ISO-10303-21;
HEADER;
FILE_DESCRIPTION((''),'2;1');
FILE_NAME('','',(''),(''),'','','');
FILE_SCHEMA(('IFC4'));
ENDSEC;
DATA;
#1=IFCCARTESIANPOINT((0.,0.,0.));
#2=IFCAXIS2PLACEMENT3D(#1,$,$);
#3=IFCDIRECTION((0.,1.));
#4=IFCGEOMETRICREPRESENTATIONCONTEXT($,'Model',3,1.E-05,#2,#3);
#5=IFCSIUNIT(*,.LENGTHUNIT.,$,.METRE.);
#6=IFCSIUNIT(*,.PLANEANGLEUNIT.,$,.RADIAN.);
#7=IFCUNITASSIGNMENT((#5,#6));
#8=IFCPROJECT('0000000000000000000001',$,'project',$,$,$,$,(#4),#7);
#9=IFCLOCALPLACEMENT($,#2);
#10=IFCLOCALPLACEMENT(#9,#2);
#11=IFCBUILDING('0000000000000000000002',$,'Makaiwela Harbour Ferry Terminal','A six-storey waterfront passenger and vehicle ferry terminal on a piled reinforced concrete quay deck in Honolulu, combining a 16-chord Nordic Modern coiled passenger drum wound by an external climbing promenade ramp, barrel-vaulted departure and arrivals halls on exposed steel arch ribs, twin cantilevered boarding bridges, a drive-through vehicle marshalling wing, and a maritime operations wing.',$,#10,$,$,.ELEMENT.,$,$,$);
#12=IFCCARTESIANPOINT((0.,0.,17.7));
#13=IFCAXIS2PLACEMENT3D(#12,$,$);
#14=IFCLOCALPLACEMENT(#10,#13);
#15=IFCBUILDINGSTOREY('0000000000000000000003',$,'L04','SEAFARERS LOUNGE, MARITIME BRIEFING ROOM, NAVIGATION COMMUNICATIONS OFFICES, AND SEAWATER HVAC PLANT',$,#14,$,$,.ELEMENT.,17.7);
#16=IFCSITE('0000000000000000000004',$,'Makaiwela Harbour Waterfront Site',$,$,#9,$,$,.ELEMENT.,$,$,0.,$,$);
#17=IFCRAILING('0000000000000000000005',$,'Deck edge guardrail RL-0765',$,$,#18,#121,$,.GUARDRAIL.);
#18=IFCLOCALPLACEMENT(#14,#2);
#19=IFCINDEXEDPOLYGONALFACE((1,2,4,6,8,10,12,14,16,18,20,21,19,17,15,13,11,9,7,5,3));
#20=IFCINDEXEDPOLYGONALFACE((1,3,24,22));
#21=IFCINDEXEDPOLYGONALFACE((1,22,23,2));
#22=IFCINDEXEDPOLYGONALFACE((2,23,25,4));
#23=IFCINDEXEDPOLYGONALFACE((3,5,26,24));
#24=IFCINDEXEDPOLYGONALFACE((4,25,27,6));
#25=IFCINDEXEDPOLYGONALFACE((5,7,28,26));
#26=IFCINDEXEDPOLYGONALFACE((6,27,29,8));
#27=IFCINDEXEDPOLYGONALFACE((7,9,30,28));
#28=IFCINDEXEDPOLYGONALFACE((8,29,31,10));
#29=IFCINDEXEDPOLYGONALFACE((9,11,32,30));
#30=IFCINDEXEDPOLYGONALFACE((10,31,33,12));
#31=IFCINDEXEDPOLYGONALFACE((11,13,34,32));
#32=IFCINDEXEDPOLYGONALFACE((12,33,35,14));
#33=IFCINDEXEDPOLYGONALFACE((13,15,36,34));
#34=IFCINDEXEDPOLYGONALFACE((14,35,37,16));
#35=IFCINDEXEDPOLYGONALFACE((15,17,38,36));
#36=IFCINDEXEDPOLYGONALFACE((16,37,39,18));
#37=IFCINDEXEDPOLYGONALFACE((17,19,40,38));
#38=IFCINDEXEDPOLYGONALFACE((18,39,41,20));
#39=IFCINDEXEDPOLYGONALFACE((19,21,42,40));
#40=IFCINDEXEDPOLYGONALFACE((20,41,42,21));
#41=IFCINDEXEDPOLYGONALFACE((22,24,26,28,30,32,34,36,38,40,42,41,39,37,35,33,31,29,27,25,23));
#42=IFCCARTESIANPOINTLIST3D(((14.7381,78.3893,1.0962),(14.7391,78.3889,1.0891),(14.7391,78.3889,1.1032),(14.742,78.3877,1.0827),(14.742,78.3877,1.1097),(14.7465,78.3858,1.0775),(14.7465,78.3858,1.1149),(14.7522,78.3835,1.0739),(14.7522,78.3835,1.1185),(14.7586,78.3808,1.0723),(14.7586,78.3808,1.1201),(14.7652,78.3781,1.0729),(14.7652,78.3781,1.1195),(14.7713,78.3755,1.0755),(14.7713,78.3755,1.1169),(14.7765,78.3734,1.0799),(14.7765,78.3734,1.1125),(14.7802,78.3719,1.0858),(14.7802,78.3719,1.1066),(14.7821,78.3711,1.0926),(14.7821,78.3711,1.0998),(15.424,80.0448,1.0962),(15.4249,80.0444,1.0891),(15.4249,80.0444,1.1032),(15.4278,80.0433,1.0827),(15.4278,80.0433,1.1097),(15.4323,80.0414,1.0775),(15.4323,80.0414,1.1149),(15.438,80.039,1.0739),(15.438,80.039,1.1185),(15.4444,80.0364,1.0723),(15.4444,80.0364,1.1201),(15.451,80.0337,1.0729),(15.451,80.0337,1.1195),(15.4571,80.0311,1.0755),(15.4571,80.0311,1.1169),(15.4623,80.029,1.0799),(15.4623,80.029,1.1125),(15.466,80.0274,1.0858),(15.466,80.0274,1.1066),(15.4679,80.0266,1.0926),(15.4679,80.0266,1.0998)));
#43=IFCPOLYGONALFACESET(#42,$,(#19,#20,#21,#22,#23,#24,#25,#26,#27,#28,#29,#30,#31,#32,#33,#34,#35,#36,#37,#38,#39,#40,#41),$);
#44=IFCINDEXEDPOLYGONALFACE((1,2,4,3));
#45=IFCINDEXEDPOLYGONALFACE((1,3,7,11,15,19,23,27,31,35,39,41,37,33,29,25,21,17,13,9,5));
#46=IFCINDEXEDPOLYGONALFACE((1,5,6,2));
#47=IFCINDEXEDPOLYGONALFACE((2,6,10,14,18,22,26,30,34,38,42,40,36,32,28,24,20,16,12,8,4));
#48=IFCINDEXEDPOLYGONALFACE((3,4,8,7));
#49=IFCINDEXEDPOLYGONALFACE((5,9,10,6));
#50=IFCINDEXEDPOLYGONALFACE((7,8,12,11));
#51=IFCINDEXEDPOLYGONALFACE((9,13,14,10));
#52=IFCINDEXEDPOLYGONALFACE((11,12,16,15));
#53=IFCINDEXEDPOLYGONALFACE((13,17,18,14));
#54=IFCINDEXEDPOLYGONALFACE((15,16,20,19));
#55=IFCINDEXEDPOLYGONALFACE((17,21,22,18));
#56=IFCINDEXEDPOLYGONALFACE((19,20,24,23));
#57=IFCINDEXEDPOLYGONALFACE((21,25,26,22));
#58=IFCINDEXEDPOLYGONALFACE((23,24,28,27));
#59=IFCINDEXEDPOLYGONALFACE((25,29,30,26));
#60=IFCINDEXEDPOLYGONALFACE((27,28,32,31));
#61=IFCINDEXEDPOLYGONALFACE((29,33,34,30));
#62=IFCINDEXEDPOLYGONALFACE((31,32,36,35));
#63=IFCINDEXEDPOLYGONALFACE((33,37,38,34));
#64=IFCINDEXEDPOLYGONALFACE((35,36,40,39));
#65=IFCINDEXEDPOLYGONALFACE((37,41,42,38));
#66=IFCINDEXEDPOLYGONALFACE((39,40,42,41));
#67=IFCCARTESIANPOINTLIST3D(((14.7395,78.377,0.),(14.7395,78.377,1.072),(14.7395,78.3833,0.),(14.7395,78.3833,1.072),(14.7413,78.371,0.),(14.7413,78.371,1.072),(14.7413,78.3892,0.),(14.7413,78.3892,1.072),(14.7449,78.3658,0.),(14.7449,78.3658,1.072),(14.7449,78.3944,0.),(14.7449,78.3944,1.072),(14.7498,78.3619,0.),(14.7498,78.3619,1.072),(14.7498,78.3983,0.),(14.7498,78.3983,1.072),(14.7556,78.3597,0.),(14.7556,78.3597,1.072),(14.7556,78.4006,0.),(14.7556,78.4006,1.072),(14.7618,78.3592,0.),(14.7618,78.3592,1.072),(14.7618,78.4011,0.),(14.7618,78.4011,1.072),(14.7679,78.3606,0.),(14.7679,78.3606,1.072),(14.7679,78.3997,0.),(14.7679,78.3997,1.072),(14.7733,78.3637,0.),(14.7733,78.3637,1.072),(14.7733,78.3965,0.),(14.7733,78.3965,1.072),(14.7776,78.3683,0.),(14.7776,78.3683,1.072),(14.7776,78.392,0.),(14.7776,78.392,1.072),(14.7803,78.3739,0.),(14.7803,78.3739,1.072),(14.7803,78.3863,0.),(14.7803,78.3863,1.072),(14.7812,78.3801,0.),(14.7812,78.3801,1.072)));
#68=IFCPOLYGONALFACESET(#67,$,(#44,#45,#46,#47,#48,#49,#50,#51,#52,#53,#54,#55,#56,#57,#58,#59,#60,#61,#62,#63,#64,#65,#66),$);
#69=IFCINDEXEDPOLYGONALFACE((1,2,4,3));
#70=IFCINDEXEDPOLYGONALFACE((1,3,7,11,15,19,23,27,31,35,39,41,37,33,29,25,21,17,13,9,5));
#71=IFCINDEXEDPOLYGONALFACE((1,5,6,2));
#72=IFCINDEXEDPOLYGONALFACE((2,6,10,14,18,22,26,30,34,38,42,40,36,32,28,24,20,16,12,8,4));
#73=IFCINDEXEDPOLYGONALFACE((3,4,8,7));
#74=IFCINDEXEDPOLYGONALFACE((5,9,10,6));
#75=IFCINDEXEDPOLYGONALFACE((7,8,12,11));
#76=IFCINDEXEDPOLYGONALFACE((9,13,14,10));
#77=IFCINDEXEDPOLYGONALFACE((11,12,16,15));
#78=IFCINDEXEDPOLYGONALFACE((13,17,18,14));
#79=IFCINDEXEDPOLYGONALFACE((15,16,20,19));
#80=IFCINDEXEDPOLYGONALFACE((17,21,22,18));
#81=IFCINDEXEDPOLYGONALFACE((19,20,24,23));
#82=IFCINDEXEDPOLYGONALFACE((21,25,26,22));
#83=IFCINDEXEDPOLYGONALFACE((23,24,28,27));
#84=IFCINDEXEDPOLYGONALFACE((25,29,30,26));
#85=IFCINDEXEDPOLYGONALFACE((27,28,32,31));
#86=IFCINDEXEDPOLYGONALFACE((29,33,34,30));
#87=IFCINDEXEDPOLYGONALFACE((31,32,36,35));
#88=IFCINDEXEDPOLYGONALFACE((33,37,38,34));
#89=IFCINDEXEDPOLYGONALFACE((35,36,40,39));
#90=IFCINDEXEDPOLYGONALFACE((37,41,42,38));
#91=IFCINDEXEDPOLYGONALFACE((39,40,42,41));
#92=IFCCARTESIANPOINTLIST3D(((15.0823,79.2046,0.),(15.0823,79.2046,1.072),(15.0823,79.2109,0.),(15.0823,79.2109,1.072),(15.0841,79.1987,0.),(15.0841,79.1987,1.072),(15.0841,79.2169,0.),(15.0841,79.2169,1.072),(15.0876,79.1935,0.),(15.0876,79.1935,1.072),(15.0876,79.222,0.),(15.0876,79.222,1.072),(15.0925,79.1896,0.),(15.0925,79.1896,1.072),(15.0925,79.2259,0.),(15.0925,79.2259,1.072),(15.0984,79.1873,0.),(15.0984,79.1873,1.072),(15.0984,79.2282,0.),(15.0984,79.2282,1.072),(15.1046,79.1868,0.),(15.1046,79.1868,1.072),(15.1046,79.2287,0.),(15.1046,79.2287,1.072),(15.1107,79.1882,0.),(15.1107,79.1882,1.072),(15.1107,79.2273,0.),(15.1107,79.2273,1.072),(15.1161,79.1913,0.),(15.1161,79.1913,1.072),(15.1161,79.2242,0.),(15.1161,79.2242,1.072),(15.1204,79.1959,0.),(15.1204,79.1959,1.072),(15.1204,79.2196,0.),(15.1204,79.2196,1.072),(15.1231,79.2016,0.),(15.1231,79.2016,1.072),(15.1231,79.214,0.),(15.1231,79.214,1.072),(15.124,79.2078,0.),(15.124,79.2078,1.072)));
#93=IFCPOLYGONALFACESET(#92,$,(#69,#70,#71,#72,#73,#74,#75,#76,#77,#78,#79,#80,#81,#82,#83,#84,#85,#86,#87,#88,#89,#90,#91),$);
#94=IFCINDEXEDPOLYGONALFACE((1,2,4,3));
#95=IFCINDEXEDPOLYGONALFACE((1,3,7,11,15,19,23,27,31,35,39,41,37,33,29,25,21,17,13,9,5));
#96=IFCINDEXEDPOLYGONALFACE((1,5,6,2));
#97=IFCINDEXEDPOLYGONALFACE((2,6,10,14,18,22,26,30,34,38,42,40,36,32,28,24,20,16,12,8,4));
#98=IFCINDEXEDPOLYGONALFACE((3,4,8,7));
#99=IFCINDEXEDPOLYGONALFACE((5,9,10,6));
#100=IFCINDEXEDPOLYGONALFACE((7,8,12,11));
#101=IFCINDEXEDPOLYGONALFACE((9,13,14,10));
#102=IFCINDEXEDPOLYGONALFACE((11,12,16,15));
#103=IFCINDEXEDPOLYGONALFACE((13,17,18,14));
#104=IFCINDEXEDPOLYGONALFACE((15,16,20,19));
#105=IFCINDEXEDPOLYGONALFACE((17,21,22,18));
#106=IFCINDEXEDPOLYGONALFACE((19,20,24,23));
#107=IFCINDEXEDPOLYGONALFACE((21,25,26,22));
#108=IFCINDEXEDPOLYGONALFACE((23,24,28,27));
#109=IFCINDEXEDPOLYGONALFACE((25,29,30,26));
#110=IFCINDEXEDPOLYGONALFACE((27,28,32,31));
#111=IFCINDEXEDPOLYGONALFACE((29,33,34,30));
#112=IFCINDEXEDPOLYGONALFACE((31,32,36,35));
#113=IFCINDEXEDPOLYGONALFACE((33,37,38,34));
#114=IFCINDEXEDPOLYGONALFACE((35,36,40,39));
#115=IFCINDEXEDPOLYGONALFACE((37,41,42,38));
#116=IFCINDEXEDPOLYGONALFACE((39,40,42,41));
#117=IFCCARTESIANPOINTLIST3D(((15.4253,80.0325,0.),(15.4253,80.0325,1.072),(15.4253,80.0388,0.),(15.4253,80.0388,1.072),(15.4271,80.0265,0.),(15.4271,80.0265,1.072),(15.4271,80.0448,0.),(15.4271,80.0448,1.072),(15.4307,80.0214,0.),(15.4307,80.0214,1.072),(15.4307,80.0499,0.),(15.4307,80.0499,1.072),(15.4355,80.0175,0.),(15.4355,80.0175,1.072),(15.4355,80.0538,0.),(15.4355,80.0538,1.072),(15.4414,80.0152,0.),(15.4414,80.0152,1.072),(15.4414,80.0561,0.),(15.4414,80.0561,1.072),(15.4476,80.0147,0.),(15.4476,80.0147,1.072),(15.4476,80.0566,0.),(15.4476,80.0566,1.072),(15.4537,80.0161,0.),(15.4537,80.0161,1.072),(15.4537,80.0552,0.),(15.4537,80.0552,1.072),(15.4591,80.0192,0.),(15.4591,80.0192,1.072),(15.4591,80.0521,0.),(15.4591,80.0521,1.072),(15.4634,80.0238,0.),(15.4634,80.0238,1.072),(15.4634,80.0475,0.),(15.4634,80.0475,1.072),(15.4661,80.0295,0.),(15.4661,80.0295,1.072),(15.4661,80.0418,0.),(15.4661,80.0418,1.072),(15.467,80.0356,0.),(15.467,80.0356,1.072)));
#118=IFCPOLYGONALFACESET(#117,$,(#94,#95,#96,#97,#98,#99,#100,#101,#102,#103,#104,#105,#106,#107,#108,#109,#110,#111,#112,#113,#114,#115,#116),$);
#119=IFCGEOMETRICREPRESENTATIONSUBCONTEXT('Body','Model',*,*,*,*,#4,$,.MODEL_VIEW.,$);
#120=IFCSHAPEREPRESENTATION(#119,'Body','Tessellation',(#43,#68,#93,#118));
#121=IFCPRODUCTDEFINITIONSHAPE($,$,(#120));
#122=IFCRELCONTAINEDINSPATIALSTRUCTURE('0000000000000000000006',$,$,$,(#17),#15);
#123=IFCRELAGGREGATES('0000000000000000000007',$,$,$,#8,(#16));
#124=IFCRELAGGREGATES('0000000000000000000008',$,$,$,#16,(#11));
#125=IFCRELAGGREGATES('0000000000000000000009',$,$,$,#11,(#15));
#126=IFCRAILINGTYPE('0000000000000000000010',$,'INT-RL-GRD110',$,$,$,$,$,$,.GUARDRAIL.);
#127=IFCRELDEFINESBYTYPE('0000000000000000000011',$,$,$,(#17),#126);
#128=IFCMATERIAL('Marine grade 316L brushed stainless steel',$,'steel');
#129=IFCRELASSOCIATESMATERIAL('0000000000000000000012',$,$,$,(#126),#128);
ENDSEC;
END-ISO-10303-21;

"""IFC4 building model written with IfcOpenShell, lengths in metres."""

from ifc_helpers import new_model, si_unit, direction, frame, origin, origin_2d, place, context, subcontext, project, spatial, circle, extrude, material, type_object, element, save


model = new_model("IFC4")

# Units and contexts
model_context = context("Model", 3, precision=1e-05, world=origin(), true_north=direction((0.0, 1.0)))
body_context = subcontext(model_context, "Body", "Model", "MODEL_VIEW")
ifc_project = project(units=[si_unit("LENGTHUNIT", "METRE"), si_unit("PLANEANGLEUNIT", "RADIAN")], contexts=[model_context])

# Site, building, storey
site_placement = place(None, origin())
site = spatial("IfcSite", under=ifc_project, at=site_placement, Name="Makaiwela Harbour Waterfront Site", CompositionType="ELEMENT", RefElevation=0.0)
building_placement = place(site_placement, origin())
building = spatial("IfcBuilding", under=site, at=building_placement, Name="Makaiwela Harbour Ferry Terminal", Description="A six-storey waterfront passenger and vehicle ferry terminal on a piled reinforced concrete quay deck in Honolulu, combining a 16-chord Nordic Modern coiled passenger drum wound by an external climbing promenade ramp, barrel-vaulted departure and arrivals halls on exposed steel arch ribs, twin cantilevered boarding bridges, a drive-through vehicle marshalling wing, and a maritime operations wing.", CompositionType="ELEMENT")
storey_placement = place(building_placement, frame((0.0, 0.0, 17.7)))
storey = spatial("IfcBuildingStorey", under=building, at=storey_placement, Name="L04", Description="SEAFARERS LOUNGE, MARITIME BRIEFING ROOM, NAVIGATION COMMUNICATIONS OFFICES, AND SEAWATER HVAC PLANT", CompositionType="ELEMENT", Elevation=17.7)

# Railing
ifc_material_1 = material(Name="Marine grade 316L brushed stainless steel", Category="steel")
railing_type = type_object("IfcRailingType", Name="INT-RL-GRD110", PredefinedType="GUARDRAIL", material=ifc_material_1)
railing_1_placement = place(storey_placement, frame((14.7603, 78.3801, 0.0)))
element("IfcRailing", 1, at=railing_1_placement, inside=storey, type_object=railing_type, Name="Deck edge guardrail RL-0765", PredefinedType="GUARDRAIL", context=body_context, shape_type="SweptSolid", body=[
    extrude(circle(Radius=0.0239, at=origin_2d()), frame((0.0, 0.0, 1.0962), z_axis=(0.382709, 0.923869, 0.0), x_axis=(-0.923869, 0.382709, 0.0)), (0.0, 0.0, 1.0), 1.792),
    extrude(circle(Radius=0.021, at=origin_2d()), origin(), (0.0, 0.0, 1.0), 1.072),
    extrude(circle(Radius=0.021, at=origin_2d()), frame((0.3428, 0.8276, 0.0)), (0.0, 0.0, 1.0), 1.072),
    extrude(circle(Radius=0.021, at=origin_2d()), frame((0.6858, 1.6555, 0.0)), (0.0, 0.0, 1.0), 1.072),
])

save(model, "model.ifc")
